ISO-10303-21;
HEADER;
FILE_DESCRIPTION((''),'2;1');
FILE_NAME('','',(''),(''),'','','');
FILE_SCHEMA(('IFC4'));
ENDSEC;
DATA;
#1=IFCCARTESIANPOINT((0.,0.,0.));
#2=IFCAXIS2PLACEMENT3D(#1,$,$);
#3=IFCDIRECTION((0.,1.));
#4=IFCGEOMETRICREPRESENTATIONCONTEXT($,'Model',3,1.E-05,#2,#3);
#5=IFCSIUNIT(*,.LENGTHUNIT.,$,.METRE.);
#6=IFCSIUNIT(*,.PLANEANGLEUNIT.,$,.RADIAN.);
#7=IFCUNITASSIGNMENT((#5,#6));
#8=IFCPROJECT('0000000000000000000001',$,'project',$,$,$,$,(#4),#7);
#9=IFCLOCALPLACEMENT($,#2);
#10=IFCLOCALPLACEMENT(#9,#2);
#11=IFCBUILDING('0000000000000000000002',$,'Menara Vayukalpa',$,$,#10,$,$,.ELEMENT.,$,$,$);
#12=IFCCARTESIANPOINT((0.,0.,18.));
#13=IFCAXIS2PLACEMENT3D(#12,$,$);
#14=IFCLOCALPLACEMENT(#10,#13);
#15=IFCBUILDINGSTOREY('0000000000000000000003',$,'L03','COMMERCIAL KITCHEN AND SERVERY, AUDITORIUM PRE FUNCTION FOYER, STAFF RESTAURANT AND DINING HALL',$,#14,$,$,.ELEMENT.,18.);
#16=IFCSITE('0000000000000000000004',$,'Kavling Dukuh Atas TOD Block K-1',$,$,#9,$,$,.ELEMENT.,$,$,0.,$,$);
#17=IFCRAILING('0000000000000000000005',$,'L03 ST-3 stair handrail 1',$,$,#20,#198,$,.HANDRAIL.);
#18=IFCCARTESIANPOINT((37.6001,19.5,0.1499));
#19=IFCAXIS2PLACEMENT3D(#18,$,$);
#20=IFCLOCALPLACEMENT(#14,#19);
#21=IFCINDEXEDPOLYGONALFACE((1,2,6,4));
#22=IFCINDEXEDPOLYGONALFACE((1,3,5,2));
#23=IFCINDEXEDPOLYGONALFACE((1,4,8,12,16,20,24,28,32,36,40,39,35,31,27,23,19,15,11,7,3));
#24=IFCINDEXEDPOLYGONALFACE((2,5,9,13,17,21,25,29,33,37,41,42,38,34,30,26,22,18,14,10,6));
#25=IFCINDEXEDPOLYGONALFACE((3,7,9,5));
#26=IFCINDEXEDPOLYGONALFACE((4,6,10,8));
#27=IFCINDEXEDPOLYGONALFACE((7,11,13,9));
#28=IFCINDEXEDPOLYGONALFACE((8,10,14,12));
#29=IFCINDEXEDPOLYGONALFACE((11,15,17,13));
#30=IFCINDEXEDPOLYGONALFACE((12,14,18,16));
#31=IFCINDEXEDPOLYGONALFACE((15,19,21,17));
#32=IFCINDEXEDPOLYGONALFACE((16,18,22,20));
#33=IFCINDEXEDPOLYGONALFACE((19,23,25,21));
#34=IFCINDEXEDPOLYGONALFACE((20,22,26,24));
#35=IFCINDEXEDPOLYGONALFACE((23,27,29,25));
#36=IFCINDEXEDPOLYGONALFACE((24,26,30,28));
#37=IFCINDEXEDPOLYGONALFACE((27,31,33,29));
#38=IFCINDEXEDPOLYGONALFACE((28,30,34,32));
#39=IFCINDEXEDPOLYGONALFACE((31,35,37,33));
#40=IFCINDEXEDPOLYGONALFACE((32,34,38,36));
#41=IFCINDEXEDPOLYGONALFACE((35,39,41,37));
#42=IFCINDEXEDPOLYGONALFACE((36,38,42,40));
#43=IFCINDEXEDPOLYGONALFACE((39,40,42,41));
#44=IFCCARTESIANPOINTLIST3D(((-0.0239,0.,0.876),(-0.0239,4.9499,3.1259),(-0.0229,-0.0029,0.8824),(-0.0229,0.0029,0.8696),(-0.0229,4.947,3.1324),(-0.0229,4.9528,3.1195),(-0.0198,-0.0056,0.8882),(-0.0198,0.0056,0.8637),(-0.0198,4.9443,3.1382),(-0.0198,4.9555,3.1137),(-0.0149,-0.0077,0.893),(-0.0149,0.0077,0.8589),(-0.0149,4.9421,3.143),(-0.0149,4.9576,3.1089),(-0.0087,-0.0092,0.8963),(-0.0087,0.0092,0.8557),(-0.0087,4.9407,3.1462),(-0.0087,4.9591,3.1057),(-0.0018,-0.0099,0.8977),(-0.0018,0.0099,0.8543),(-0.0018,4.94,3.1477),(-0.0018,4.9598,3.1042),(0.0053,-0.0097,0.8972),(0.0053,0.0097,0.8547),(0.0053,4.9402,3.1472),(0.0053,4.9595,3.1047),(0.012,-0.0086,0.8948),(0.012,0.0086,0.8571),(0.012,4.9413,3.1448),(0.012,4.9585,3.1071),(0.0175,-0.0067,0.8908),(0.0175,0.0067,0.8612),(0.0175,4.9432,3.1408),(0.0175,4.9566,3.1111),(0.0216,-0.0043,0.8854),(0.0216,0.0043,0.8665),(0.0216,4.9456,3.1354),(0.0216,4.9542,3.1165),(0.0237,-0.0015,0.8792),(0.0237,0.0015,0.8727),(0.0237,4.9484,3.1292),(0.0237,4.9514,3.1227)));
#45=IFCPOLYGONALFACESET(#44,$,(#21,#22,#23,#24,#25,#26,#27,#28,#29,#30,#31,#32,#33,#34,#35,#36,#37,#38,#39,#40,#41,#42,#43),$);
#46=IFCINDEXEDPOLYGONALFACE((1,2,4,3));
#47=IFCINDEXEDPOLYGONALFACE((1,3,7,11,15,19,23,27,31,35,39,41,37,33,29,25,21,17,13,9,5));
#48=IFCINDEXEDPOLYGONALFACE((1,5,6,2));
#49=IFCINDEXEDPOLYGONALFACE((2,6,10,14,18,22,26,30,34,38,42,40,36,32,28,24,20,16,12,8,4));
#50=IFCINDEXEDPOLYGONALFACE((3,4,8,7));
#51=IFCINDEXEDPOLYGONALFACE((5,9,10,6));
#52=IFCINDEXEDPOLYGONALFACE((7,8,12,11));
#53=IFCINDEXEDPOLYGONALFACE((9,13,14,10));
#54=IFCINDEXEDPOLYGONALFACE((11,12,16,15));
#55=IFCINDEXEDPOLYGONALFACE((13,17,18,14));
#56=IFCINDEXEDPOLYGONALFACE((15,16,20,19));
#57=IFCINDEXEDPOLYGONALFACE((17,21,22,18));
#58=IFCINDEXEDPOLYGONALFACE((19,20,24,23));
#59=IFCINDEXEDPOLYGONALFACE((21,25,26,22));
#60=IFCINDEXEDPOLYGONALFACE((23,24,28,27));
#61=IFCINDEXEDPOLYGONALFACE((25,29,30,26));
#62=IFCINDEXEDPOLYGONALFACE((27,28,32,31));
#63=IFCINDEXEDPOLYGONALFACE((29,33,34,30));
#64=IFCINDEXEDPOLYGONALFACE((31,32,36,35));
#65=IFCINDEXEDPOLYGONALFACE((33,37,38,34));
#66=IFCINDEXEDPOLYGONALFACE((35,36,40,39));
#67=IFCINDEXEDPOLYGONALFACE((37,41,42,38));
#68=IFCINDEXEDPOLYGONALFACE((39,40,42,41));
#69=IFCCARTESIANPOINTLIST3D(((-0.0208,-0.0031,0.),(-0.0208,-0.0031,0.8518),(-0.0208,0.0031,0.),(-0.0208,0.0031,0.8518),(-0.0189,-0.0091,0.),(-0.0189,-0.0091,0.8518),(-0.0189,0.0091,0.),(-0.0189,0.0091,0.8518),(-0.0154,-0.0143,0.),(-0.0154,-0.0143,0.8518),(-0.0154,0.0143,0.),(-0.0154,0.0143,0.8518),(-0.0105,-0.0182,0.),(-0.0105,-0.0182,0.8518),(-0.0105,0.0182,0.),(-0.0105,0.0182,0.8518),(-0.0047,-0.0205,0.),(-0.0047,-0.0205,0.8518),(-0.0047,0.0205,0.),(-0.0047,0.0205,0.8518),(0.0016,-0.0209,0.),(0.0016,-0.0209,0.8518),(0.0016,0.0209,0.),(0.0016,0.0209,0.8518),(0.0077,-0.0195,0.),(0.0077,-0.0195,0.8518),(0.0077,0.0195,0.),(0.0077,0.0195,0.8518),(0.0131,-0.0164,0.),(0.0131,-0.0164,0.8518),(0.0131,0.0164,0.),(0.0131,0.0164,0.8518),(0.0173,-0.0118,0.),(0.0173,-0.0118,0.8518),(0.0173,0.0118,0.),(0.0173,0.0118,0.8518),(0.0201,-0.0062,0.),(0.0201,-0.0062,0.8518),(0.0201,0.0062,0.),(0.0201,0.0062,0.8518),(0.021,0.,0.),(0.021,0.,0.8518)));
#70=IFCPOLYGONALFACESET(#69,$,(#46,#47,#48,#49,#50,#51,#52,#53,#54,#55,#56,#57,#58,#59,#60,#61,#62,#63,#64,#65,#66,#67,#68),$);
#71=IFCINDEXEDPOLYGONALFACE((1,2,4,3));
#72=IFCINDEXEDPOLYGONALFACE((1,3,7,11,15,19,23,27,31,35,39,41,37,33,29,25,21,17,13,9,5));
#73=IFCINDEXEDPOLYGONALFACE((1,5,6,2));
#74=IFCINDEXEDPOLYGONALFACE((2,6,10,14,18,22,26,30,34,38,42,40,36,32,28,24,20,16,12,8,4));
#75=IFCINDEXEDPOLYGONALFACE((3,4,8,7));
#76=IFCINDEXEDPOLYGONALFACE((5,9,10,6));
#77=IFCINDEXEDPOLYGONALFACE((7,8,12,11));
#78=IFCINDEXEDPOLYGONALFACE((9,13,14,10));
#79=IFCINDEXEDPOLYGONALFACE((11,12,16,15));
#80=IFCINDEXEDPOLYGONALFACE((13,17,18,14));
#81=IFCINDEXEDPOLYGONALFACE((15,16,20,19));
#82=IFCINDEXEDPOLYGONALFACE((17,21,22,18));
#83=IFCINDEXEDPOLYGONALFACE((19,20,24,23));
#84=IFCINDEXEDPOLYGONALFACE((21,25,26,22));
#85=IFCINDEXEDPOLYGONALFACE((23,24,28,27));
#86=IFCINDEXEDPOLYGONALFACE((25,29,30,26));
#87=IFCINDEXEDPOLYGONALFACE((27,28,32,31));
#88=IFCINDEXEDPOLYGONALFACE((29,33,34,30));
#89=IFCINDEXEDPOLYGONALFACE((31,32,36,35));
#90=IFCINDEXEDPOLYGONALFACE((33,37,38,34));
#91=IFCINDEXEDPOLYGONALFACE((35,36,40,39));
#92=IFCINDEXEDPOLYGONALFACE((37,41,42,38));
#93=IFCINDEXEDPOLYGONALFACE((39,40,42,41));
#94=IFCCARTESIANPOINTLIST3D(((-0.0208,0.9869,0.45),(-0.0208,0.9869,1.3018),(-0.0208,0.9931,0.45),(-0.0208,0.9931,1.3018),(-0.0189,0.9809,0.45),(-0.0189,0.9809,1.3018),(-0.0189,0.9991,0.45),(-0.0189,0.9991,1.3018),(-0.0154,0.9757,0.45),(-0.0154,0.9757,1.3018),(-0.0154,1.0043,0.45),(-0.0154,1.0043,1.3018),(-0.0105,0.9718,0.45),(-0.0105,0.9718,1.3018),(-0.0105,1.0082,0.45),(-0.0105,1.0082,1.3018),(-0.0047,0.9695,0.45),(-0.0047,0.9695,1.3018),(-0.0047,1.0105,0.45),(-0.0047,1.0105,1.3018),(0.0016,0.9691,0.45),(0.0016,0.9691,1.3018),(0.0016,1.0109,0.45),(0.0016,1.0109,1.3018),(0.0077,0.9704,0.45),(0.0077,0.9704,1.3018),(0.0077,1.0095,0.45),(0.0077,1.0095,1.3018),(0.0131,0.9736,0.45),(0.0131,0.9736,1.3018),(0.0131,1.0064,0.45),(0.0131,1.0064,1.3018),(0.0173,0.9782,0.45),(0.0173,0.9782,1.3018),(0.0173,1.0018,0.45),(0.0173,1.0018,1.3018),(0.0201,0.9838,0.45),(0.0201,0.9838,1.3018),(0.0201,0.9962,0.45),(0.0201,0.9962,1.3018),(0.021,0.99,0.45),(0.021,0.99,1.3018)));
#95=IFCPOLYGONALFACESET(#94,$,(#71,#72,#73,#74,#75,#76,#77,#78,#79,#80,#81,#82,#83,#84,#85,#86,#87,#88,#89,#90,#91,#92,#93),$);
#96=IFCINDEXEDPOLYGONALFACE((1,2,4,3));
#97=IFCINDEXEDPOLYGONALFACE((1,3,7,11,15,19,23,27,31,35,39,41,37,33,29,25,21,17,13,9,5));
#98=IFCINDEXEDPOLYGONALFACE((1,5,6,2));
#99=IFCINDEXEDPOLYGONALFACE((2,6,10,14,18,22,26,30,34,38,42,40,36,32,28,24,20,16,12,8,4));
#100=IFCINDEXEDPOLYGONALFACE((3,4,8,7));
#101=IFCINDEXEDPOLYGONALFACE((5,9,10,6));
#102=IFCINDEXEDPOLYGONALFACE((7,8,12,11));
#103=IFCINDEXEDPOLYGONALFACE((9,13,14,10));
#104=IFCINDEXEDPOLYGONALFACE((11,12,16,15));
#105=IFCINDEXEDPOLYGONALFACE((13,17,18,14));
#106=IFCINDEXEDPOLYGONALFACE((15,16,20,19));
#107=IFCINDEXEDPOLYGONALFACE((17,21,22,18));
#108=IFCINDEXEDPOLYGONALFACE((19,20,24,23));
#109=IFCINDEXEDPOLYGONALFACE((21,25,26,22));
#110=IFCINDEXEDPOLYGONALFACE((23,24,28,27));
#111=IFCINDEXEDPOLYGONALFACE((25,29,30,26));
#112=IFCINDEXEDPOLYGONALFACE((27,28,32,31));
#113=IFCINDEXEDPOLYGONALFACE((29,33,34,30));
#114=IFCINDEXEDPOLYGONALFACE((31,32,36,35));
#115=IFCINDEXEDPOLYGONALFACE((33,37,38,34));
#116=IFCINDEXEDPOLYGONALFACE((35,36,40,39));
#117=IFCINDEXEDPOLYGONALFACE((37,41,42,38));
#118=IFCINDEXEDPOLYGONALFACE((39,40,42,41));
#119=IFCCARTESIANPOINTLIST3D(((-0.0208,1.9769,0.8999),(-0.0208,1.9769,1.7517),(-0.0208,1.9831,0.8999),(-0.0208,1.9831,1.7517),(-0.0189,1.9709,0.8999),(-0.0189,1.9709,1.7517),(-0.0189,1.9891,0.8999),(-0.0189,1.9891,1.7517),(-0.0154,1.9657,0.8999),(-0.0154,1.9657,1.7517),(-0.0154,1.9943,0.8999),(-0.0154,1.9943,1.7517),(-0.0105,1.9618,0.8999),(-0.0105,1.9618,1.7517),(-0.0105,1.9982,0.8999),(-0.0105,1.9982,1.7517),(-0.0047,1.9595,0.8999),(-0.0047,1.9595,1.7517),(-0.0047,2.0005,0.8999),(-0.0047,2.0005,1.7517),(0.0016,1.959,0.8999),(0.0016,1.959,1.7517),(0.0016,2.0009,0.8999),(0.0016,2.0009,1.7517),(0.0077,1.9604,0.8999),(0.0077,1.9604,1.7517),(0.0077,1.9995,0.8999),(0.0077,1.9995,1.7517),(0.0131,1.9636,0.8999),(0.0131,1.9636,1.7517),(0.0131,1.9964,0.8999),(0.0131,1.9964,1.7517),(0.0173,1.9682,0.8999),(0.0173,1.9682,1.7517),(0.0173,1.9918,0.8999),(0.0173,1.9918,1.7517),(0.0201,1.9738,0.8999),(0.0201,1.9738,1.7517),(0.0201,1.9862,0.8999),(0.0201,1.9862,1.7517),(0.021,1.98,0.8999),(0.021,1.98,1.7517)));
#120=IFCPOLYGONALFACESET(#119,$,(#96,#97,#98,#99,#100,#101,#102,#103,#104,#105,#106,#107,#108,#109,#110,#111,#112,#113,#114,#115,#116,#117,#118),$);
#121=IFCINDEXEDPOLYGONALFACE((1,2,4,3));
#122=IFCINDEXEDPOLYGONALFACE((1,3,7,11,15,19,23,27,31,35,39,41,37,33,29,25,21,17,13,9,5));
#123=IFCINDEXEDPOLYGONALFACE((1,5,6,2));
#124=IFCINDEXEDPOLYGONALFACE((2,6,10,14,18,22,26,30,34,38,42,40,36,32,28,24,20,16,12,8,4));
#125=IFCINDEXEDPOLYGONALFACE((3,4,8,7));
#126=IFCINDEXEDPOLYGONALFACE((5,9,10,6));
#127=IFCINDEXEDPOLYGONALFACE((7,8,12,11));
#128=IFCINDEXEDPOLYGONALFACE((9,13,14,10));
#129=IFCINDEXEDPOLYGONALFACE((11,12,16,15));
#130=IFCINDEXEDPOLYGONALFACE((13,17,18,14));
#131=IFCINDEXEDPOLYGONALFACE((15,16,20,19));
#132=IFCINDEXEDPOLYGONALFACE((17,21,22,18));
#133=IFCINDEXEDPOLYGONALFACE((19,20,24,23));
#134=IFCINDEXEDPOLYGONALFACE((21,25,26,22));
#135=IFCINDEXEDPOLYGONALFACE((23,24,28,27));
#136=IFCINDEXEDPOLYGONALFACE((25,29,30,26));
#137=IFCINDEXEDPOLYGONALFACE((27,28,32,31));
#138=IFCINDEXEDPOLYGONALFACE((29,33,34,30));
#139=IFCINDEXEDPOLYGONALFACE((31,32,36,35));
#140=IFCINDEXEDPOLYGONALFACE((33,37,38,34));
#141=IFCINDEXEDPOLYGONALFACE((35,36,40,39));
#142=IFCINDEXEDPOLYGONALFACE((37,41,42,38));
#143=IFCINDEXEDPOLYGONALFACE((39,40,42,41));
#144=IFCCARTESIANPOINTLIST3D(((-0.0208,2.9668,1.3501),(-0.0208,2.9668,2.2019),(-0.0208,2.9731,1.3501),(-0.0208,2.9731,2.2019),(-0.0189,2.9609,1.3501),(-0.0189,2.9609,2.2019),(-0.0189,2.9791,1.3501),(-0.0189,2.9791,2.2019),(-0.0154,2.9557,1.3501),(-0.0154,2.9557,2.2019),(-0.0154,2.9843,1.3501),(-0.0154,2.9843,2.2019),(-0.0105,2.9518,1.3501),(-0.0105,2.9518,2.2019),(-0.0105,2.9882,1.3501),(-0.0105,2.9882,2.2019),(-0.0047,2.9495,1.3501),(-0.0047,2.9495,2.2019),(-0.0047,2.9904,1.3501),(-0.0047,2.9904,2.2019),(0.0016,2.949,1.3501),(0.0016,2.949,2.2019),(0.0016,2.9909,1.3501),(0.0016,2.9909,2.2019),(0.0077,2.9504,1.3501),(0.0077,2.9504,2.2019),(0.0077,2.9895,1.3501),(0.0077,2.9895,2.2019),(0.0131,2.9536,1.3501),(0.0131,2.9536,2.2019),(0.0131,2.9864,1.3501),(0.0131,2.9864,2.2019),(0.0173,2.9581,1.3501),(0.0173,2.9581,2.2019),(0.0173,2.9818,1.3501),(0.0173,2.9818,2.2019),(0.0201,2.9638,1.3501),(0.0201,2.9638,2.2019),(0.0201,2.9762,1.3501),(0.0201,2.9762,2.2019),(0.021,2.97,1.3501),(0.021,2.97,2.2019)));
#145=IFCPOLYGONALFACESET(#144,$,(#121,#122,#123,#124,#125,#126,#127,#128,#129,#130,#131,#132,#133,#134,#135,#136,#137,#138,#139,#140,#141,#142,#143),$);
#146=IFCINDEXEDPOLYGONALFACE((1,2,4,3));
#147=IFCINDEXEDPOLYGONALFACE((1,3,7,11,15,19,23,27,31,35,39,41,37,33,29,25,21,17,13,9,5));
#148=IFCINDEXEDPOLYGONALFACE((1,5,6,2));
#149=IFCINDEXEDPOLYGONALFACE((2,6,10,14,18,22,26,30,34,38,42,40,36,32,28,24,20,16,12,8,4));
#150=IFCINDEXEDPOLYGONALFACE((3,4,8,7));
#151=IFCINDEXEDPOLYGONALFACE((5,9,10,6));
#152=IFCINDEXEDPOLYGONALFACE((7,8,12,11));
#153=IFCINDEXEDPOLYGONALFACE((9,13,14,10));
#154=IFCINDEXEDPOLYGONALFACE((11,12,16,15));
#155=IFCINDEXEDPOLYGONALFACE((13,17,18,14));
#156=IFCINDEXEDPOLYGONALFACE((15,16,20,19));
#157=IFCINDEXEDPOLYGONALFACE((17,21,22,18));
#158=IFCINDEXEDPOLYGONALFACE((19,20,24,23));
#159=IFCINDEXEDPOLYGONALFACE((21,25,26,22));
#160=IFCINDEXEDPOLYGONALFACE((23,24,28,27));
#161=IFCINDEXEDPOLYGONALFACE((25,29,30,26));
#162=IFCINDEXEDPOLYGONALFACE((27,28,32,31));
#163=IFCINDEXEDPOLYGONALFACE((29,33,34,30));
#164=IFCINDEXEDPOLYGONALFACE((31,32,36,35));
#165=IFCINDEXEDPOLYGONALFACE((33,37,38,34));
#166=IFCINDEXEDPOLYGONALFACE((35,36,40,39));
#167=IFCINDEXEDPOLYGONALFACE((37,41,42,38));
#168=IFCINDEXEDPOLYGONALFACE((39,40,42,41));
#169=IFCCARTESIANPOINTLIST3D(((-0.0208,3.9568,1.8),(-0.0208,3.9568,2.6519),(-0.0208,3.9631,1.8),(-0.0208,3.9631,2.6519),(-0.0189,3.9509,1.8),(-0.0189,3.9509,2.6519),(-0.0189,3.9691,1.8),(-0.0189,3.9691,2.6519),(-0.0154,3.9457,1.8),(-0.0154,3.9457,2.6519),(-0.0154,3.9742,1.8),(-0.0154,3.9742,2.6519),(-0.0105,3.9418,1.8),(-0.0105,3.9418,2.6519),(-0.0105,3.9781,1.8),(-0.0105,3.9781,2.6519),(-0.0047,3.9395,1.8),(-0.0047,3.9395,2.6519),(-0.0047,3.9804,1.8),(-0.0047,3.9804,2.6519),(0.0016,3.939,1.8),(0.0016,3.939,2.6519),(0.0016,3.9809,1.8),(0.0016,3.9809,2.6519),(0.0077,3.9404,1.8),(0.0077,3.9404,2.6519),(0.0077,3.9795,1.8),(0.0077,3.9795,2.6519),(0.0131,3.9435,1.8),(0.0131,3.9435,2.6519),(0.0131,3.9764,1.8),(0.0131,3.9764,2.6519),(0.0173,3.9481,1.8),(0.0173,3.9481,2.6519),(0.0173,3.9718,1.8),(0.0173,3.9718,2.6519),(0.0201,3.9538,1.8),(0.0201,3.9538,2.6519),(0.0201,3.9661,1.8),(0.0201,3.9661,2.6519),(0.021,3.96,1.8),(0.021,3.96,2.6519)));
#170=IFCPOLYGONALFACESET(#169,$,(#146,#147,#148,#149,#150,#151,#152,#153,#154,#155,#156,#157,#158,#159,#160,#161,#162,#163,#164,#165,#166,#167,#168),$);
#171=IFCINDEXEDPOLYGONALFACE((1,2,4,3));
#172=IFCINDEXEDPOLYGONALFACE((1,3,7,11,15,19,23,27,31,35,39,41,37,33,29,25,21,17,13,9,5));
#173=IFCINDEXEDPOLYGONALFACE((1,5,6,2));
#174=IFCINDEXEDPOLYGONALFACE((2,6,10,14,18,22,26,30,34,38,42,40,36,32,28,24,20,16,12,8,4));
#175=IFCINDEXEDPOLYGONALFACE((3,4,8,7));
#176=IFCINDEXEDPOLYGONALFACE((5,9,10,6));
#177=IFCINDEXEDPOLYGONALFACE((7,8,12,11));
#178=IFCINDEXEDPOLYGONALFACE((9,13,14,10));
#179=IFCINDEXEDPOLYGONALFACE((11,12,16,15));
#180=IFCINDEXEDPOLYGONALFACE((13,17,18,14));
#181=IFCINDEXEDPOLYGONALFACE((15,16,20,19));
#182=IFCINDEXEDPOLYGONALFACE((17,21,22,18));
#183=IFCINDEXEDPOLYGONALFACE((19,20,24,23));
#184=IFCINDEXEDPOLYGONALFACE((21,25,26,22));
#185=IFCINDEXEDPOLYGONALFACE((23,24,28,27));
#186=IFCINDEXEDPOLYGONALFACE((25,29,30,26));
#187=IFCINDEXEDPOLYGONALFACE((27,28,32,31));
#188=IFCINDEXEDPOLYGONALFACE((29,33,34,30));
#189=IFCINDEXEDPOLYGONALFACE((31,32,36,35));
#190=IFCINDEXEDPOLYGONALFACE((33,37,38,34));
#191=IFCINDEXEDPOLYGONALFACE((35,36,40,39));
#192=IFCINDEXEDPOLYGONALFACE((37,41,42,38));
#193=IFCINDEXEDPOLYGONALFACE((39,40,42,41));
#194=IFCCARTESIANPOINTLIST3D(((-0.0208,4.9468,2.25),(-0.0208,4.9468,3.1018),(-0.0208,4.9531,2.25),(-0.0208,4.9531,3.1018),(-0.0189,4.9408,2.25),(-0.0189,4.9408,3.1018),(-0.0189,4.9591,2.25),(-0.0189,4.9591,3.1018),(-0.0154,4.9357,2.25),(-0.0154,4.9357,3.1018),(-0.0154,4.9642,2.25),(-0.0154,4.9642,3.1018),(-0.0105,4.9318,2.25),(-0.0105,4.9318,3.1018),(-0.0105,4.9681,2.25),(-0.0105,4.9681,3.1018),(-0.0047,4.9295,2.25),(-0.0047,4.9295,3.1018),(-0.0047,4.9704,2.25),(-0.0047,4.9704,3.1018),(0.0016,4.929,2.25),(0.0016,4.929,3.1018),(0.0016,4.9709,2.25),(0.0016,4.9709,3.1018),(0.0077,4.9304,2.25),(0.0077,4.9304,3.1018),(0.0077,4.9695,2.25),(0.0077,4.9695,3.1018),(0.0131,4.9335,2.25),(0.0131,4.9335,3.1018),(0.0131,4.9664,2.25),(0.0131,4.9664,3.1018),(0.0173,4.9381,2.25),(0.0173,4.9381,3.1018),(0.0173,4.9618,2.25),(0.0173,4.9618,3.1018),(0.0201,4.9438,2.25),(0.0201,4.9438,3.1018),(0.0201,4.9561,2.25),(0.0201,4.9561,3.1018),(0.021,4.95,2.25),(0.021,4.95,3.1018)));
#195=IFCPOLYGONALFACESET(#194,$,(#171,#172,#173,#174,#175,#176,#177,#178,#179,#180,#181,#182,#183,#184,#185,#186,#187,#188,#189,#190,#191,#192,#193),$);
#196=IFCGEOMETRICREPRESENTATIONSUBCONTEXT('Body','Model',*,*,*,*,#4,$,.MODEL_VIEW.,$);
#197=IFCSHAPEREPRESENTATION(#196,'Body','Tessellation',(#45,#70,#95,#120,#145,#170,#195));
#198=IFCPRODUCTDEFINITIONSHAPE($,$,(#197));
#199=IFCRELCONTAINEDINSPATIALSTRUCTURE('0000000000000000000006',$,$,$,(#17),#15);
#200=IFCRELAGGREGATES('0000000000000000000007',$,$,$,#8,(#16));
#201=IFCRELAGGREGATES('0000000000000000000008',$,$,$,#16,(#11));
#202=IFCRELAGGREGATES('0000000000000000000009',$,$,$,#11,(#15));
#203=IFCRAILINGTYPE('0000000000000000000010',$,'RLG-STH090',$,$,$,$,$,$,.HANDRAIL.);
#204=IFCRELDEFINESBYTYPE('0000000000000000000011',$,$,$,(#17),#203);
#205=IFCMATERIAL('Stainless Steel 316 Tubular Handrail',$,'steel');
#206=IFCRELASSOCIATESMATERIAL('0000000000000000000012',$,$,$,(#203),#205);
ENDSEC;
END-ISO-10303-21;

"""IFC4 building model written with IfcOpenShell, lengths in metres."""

from ifc_helpers import new_model, si_unit, direction, frame, origin, origin_2d, place, context, subcontext, project, spatial, circle, extrude, material, type_object, element, save


model = new_model("IFC4")

# Units and contexts
model_context = context("Model", 3, precision=1e-05, world=origin(), true_north=direction((0.0, 1.0)))
body_context = subcontext(model_context, "Body", "Model", "MODEL_VIEW")
ifc_project = project(units=[si_unit("LENGTHUNIT", "METRE"), si_unit("PLANEANGLEUNIT", "RADIAN")], contexts=[model_context])

# Site, building, storey
site_placement = place(None, origin())
site = spatial("IfcSite", under=ifc_project, at=site_placement, Name="Kavling Dukuh Atas TOD Block K-1", CompositionType="ELEMENT", RefElevation=0.0)
building_placement = place(site_placement, origin())
building = spatial("IfcBuilding", under=site, at=building_placement, Name="Menara Vayukalpa", CompositionType="ELEMENT")
storey_placement = place(building_placement, frame((0.0, 0.0, 18.0)))
storey = spatial("IfcBuildingStorey", under=building, at=storey_placement, Name="L03", Description="COMMERCIAL KITCHEN AND SERVERY, AUDITORIUM PRE FUNCTION FOYER, STAFF RESTAURANT AND DINING HALL", CompositionType="ELEMENT", Elevation=18.0)

# Railing
ifc_material_1 = material(Name="Stainless Steel 316 Tubular Handrail", Category="steel")
railing_type_1 = type_object("IfcRailingType", Name="RLG-STH090", PredefinedType="HANDRAIL", material=ifc_material_1)
for number, where, name in (
    (1, (37.6001, 19.5, 0.1499), "L03 ST-3 stair handrail 1"),
):
    element("IfcRailing", number, at=place(storey_placement, frame(where)), inside=storey, type_object=railing_type_1, Name=name, PredefinedType="HANDRAIL", context=body_context, shape_type="SweptSolid", body=[
        extrude(circle(Radius=0.0239, at=origin_2d()), frame((0.0, 0.0, 0.876), z_axis=(0.0, 0.910365, 0.413806), x_axis=(-1.0, 0.0, 0.0)), (0.0, 0.0, 1.0), 5.4373),
        extrude(circle(Radius=0.021, at=origin_2d()), origin(), (0.0, 0.0, 1.0), 0.8518),
        extrude(circle(Radius=0.021, at=origin_2d()), frame((0.0, 0.99, 0.45)), (0.0, 0.0, 1.0), 0.8518),
        extrude(circle(Radius=0.021, at=origin_2d()), frame((0.0, 1.98, 0.8999)), (0.0, 0.0, 1.0), 0.8518),
        extrude(circle(Radius=0.021, at=origin_2d()), frame((0.0, 2.97, 1.3501)), (0.0, 0.0, 1.0), 0.8518),
        extrude(circle(Radius=0.021, at=origin_2d()), frame((0.0, 3.96, 1.8)), (0.0, 0.0, 1.0), 0.8518),
        extrude(circle(Radius=0.021, at=origin_2d()), frame((0.0, 4.95, 2.25)), (0.0, 0.0, 1.0), 0.8518),
    ])

save(model, "model.ifc")
